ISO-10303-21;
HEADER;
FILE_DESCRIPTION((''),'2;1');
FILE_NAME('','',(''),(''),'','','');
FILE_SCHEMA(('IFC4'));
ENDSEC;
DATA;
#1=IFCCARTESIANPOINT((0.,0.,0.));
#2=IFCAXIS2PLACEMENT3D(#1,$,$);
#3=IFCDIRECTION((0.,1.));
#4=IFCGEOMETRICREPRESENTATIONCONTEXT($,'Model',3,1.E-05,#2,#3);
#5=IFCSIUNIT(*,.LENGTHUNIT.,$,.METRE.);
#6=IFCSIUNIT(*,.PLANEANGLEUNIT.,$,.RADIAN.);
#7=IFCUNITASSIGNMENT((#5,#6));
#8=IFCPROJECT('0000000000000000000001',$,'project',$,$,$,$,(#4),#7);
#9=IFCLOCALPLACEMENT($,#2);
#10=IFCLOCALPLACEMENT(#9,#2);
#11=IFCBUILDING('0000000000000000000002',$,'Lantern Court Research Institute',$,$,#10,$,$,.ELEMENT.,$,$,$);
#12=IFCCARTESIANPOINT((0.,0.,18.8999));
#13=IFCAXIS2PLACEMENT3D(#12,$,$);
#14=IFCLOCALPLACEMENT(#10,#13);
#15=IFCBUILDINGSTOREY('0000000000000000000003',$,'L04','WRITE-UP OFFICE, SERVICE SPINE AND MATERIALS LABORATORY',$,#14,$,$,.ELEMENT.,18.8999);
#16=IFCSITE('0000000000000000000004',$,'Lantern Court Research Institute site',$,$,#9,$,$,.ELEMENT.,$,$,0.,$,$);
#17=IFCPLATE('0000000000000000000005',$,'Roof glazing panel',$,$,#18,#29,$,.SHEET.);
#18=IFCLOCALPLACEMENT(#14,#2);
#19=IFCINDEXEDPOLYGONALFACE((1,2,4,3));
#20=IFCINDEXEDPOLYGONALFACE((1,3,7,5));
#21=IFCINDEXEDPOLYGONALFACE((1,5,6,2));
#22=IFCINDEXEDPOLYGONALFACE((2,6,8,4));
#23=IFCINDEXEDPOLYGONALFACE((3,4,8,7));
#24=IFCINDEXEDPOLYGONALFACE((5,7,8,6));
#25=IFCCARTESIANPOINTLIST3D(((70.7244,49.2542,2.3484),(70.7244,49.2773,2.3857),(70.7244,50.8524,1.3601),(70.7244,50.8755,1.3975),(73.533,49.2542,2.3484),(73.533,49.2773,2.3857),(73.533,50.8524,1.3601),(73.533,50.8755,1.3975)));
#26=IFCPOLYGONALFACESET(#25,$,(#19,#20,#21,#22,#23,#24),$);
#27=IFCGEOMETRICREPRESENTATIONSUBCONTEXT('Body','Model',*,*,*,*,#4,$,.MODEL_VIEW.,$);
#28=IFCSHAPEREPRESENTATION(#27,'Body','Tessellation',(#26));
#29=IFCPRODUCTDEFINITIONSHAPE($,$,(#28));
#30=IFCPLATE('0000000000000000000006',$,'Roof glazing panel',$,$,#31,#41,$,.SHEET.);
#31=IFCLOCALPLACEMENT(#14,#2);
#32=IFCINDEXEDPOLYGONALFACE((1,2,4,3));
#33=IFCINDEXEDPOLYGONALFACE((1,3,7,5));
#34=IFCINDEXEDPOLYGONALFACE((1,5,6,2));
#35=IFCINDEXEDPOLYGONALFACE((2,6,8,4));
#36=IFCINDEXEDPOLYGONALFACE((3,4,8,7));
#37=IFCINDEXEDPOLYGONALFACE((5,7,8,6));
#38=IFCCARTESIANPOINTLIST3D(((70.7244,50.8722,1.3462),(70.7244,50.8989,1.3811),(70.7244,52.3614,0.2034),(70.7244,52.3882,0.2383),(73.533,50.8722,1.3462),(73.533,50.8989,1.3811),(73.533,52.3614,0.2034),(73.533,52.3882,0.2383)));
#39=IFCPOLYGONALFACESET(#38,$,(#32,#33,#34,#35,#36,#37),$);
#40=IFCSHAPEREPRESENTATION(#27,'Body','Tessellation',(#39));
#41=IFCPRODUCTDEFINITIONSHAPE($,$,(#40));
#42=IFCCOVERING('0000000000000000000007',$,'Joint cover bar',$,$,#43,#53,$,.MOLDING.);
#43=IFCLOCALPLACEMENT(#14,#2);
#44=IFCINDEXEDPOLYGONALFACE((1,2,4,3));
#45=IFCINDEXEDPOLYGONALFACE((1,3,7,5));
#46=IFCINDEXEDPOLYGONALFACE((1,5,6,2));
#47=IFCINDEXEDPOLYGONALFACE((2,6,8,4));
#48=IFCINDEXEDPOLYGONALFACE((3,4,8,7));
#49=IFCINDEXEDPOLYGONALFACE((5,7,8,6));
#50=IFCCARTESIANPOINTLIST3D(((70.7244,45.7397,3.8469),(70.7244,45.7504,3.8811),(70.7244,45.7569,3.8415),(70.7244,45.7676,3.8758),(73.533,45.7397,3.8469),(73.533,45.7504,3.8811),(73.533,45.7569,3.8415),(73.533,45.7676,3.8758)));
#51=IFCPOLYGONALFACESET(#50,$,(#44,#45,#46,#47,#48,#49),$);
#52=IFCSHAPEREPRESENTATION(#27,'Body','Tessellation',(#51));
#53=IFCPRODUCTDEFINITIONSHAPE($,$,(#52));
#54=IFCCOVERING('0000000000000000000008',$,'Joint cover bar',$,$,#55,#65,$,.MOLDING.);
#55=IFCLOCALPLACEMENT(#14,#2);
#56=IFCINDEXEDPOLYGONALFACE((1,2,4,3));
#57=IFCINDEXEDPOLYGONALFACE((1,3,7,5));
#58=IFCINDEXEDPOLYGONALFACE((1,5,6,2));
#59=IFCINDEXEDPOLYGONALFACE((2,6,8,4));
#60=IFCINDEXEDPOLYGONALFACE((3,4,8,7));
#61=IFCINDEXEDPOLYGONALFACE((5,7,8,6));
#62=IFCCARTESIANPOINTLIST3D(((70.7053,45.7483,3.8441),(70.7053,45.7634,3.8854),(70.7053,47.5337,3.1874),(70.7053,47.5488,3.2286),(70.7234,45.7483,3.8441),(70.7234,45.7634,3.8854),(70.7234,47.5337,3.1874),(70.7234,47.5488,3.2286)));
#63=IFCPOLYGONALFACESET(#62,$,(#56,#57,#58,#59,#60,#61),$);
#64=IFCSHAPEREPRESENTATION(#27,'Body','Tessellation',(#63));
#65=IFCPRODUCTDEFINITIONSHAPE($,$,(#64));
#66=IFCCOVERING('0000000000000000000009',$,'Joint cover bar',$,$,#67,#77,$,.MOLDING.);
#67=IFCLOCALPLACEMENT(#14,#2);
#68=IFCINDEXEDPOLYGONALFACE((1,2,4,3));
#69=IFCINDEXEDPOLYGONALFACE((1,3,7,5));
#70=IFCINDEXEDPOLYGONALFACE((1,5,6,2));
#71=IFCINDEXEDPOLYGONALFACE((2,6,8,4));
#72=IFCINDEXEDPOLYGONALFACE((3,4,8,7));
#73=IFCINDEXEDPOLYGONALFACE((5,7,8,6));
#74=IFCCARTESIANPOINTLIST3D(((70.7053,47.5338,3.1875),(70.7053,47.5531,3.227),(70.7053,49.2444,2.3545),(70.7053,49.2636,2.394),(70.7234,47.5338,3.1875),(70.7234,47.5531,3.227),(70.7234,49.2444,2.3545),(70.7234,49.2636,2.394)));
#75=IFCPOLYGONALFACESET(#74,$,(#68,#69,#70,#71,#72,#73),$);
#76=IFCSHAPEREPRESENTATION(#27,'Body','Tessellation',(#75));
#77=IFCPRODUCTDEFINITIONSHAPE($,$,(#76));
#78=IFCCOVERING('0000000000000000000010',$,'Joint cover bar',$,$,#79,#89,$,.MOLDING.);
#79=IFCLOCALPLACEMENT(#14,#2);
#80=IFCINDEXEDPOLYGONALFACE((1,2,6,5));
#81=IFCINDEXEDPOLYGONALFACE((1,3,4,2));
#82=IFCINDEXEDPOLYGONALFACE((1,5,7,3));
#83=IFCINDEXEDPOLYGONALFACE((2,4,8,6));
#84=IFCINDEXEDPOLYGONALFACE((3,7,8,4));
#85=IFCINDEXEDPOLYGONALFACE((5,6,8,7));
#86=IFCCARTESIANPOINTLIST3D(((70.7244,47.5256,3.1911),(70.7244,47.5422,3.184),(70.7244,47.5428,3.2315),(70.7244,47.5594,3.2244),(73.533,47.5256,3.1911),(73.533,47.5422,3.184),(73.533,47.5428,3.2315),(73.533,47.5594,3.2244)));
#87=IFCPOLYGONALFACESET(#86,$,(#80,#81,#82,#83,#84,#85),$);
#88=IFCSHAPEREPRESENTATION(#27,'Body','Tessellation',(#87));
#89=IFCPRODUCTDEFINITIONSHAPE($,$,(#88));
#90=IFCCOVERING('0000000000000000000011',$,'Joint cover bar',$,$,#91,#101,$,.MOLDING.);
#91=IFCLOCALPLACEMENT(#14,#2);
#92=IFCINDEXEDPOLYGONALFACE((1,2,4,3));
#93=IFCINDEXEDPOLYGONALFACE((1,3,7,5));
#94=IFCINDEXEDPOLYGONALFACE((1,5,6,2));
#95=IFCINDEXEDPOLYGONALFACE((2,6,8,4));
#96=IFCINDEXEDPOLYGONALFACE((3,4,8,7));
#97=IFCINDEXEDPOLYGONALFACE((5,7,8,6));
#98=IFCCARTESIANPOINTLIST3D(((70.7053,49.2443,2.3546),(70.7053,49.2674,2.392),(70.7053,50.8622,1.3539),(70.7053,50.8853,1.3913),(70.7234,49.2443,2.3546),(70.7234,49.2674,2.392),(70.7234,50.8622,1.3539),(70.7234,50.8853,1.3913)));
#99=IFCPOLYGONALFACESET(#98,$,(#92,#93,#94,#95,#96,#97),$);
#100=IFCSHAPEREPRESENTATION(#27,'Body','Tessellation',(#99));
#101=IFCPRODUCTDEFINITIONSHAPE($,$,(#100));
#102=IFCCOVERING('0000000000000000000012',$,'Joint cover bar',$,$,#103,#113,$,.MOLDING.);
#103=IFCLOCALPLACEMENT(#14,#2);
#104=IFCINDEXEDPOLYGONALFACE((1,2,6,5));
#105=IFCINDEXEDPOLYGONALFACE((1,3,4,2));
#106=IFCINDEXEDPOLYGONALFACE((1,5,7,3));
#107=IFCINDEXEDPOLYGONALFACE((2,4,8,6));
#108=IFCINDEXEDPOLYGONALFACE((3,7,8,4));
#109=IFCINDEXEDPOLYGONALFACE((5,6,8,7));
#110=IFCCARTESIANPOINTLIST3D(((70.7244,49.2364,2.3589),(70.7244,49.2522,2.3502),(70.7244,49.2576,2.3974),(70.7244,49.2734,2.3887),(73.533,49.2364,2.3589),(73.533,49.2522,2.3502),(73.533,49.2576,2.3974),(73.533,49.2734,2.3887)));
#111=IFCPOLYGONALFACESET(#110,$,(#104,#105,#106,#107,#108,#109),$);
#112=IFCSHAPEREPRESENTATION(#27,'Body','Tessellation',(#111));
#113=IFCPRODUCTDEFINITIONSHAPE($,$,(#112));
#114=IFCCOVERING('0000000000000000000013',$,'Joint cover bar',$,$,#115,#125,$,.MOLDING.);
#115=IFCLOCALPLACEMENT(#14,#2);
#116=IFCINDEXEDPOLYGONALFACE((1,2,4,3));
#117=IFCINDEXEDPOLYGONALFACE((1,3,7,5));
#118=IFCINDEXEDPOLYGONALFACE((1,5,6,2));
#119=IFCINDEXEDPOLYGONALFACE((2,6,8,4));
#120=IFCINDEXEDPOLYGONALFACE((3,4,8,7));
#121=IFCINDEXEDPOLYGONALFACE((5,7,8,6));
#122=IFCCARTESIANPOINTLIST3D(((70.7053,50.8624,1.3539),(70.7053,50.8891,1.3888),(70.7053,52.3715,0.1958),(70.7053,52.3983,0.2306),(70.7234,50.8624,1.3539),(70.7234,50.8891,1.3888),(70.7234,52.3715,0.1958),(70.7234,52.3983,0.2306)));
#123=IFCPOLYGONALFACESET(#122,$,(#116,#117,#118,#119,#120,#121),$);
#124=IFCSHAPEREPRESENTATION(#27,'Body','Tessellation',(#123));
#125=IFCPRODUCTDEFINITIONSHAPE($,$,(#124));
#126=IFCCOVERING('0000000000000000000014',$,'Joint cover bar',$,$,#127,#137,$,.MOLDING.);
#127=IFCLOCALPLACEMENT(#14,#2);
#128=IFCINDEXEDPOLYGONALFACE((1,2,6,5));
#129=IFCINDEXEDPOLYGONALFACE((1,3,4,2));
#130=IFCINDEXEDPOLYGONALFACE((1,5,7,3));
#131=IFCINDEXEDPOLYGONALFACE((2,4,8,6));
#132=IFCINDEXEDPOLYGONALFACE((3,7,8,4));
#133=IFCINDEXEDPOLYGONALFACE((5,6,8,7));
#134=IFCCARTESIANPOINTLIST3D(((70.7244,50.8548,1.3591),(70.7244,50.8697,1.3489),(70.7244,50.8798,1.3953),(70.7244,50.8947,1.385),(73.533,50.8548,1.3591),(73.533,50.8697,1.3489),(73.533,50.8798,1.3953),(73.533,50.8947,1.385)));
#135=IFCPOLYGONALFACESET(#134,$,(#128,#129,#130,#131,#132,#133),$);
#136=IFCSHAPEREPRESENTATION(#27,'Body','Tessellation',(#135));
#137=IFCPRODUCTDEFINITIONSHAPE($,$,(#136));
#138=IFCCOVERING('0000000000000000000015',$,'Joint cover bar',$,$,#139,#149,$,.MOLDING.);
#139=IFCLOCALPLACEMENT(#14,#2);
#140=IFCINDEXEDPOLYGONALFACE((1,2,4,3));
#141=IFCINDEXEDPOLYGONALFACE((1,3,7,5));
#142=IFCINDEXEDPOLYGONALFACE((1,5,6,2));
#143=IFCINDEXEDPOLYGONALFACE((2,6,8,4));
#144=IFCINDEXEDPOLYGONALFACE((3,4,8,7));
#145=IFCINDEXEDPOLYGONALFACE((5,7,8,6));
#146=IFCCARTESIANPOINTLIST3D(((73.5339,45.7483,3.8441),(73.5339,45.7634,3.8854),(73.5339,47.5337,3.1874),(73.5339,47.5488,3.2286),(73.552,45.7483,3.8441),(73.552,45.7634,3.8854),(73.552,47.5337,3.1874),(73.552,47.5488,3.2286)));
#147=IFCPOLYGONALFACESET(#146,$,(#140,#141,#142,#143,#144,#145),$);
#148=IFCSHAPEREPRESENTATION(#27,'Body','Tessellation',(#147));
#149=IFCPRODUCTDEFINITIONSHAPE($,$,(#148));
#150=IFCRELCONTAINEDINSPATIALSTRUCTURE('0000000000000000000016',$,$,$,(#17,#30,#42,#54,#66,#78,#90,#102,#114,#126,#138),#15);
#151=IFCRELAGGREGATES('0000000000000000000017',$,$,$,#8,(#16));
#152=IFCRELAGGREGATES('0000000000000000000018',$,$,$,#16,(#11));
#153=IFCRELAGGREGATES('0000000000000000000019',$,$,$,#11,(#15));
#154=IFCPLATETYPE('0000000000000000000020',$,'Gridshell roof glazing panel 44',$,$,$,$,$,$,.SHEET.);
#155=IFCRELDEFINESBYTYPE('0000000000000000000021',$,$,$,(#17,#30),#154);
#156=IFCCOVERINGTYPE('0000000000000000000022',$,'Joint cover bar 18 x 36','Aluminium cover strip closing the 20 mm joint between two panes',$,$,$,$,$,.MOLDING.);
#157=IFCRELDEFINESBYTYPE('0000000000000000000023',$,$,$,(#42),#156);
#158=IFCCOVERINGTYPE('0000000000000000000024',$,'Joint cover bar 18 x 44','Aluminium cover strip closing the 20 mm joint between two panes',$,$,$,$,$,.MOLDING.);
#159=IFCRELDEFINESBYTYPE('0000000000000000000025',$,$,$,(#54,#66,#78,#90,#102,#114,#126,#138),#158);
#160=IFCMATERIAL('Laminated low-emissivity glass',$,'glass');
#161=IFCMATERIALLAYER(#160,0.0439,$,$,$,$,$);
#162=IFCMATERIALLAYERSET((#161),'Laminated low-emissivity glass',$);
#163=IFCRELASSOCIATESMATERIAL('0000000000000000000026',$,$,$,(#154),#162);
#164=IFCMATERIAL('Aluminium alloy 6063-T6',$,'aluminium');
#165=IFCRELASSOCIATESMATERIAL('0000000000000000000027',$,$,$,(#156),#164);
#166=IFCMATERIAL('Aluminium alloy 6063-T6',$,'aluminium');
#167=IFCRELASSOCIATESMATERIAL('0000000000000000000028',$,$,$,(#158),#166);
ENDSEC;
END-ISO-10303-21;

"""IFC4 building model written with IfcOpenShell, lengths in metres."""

from ifc_helpers import new_model, si_unit, direction, frame, origin, origin_2d, place, context, subcontext, project, spatial, polyline, rectangle, outline, extrude, material, layer, layer_set, material_profile, profile_set, type_object, element, save


model = new_model("IFC4")

# Units and contexts
model_context = context("Model", 3, precision=1e-05, world=origin(), true_north=direction((0.0, 1.0)))
body_context = subcontext(model_context, "Body", "Model", "MODEL_VIEW")
ifc_project = project(units=[si_unit("LENGTHUNIT", "METRE"), si_unit("PLANEANGLEUNIT", "RADIAN")], contexts=[model_context])

# Site, building, storey
site_placement = place(None, origin())
site = spatial("IfcSite", under=ifc_project, at=site_placement, Name="Lantern Court Research Institute site", CompositionType="ELEMENT", RefElevation=0.0)
building_placement = place(site_placement, origin())
building = spatial("IfcBuilding", under=site, at=building_placement, Name="Lantern Court Research Institute", CompositionType="ELEMENT")
storey_placement = place(building_placement, frame((0.0, 0.0, 18.8999)))
storey = spatial("IfcBuildingStorey", under=building, at=storey_placement, Name="L04", Description="WRITE-UP OFFICE, SERVICE SPINE AND MATERIALS LABORATORY", CompositionType="ELEMENT", Elevation=18.8999)

# Plates
ifc_material_1 = material(Name="Laminated low-emissivity glass", Category="glass")
ifc_layer = layer(ifc_material_1, 0.0439)
ifc_layer_set = layer_set([ifc_layer], Name="Laminated low-emissivity glass")
plate_type = type_object("IfcPlateType", Name="Gridshell roof glazing panel 44", PredefinedType="SHEET", material=ifc_layer_set)
plate_1_placement = place(storey_placement, frame((73.533, 49.2773, 2.3857), z_axis=(0.0, 0.525952, 0.850514), x_axis=(-1.0, 0.0, 0.0)))
element("IfcPlate", 1, at=plate_1_placement, inside=storey, type_object=plate_type, Name="Roof glazing panel", PredefinedType="SHEET", context=body_context, shape_type="SweptSolid", body=[
    extrude(outline(polyline([(0.0, 0.0), (2.8086, 0.0), (2.8086, -1.879), (0.0, -1.879), (0.0, 0.0)])), origin(), (0.0, 0.0, -1.0), 0.0439),
])
plate_2_placement = place(storey_placement, frame((73.533, 50.8989, 1.3811), z_axis=(0.0, 0.608786, 0.793334), x_axis=(-1.0, 0.0, 0.0)))
element("IfcPlate", 2, at=plate_2_placement, inside=storey, type_object=plate_type, Name="Roof glazing panel", PredefinedType="SHEET", context=body_context, shape_type="SweptSolid", body=[
    extrude(outline(polyline([(0.0, 0.0), (2.8086, 0.0), (2.8086, -1.8772), (0.0, -1.8772), (0.0, 0.0)])), origin(), (0.0, 0.0, -1.0), 0.0439),
])

# Coverings
ifc_material_2 = material(Name="Aluminium alloy 6063-T6", Category="aluminium")
ifc_material_profile_1 = material_profile(ifc_material_2, rectangle(XDim=0.0181, YDim=0.0359, at=origin_2d()), Name="Joint cover bar 18 x 36")
ifc_profile_set_1 = profile_set([ifc_material_profile_1], Name="Aluminium alloy 6063-T6")
covering_type_1 = type_object("IfcCoveringType", Name="Joint cover bar 18 x 36", Description="Aluminium cover strip closing the 20 mm joint between two panes", PredefinedType="MOLDING", material=ifc_profile_set_1)
covering_1_placement = place(storey_placement, frame((70.7244, 45.7537, 3.8613), z_axis=(1.0, 0.0, 0.0), x_axis=(0.0, 0.954713, -0.297528)))
element("IfcCovering", 3, at=covering_1_placement, inside=storey, type_object=covering_type_1, Name="Joint cover bar", PredefinedType="MOLDING", context=body_context, shape_type="SweptSolid", body=[
    extrude(rectangle(XDim=0.0181, YDim=0.0359, at=origin_2d()), origin(), (0.0, 0.0, 1.0), 2.8086),
])
ifc_material_3 = material(Name="Aluminium alloy 6063-T6", Category="aluminium")
ifc_material_profile_2 = material_profile(ifc_material_3, rectangle(XDim=0.0181, YDim=0.0439, at=origin_2d()), Name="Joint cover bar 18 x 44")
ifc_profile_set_2 = profile_set([ifc_material_profile_2], Name="Aluminium alloy 6063-T6")
covering_type_2 = type_object("IfcCoveringType", Name="Joint cover bar 18 x 44", Description="Aluminium cover strip closing the 20 mm joint between two panes", PredefinedType="MOLDING", material=ifc_profile_set_2)
covering_2_placement = place(storey_placement, frame((70.7144, 45.7559, 3.8647), z_axis=(0.0, 0.93852, -0.345224), x_axis=(-1.0, 0.0, 0.0)))
element("IfcCovering", 4, at=covering_2_placement, inside=storey, type_object=covering_type_2, Name="Joint cover bar", PredefinedType="MOLDING", context=body_context, shape_type="SweptSolid", body=[
    extrude(rectangle(XDim=0.0181, YDim=0.0439, at=origin_2d()), origin(), (0.0, 0.0, 1.0), 1.9023),
])
covering_3_placement = place(storey_placement, frame((70.7144, 47.5435, 3.2073), z_axis=(0.0, 0.899049, -0.437847), x_axis=(-1.0, 0.0, 0.0)))
element("IfcCovering", 5, at=covering_3_placement, inside=storey, type_object=covering_type_2, Name="Joint cover bar", PredefinedType="MOLDING", context=body_context, shape_type="SweptSolid", body=[
    extrude(rectangle(XDim=0.0181, YDim=0.0439, at=origin_2d()), origin(), (0.0, 0.0, 1.0), 1.9026),
])
covering_4_placement = place(storey_placement, frame((70.7244, 47.5425, 3.2078), z_axis=(1.0, 0.0, 0.0), x_axis=(0.0, 0.919966, -0.391999)))
element("IfcCovering", 6, at=covering_4_placement, inside=storey, type_object=covering_type_2, Name="Joint cover bar", PredefinedType="MOLDING", context=body_context, shape_type="SweptSolid", body=[
    extrude(rectangle(XDim=0.0181, YDim=0.0439, at=origin_2d()), origin(), (0.0, 0.0, 1.0), 2.8086),
])
covering_5_placement = place(storey_placement, frame((70.7144, 49.2559, 2.3733), z_axis=(0.0, 0.850462, -0.526036), x_axis=(-1.0, 0.0, 0.0)))
element("IfcCovering", 7, at=covering_5_placement, inside=storey, type_object=covering_type_2, Name="Joint cover bar", PredefinedType="MOLDING", context=body_context, shape_type="SweptSolid", body=[
    extrude(rectangle(XDim=0.0181, YDim=0.0439, at=origin_2d()), origin(), (0.0, 0.0, 1.0), 1.9023),
])
covering_6_placement = place(storey_placement, frame((70.7244, 49.2549, 2.3738), z_axis=(1.0, 0.0, 0.0), x_axis=(0.0, 0.875897, -0.482497)))
element("IfcCovering", 8, at=covering_6_placement, inside=storey, type_object=covering_type_2, Name="Joint cover bar", PredefinedType="MOLDING", context=body_context, shape_type="SweptSolid", body=[
    extrude(rectangle(XDim=0.0181, YDim=0.0439, at=origin_2d()), origin(), (0.0, 0.0, 1.0), 2.8086),
])
covering_7_placement = place(storey_placement, frame((70.7144, 50.8757, 1.3713), z_axis=(0.0, 0.79333, -0.608792), x_axis=(-1.0, 0.0, 0.0)))
element("IfcCovering", 9, at=covering_7_placement, inside=storey, type_object=covering_type_2, Name="Joint cover bar", PredefinedType="MOLDING", context=body_context, shape_type="SweptSolid", body=[
    extrude(rectangle(XDim=0.0181, YDim=0.0439, at=origin_2d()), origin(), (0.0, 0.0, 1.0), 1.9023),
])
covering_8_placement = place(storey_placement, frame((70.7244, 50.8748, 1.3721), z_axis=(1.0, 0.0, 0.0), x_axis=(0.0, 0.822954, -0.568108)))
element("IfcCovering", 10, at=covering_8_placement, inside=storey, type_object=covering_type_2, Name="Joint cover bar", PredefinedType="MOLDING", context=body_context, shape_type="SweptSolid", body=[
    extrude(rectangle(XDim=0.0181, YDim=0.0439, at=origin_2d()), origin(), (0.0, 0.0, 1.0), 2.8086),
])
covering_9_placement = place(storey_placement, frame((73.543, 45.7559, 3.8647), z_axis=(0.0, 0.93852, -0.345224), x_axis=(-1.0, 0.0, 0.0)))
element("IfcCovering", 11, at=covering_9_placement, inside=storey, type_object=covering_type_2, Name="Joint cover bar", PredefinedType="MOLDING", context=body_context, shape_type="SweptSolid", body=[
    extrude(rectangle(XDim=0.0181, YDim=0.0439, at=origin_2d()), origin(), (0.0, 0.0, 1.0), 1.9023),
])

save(model, "model.ifc")
